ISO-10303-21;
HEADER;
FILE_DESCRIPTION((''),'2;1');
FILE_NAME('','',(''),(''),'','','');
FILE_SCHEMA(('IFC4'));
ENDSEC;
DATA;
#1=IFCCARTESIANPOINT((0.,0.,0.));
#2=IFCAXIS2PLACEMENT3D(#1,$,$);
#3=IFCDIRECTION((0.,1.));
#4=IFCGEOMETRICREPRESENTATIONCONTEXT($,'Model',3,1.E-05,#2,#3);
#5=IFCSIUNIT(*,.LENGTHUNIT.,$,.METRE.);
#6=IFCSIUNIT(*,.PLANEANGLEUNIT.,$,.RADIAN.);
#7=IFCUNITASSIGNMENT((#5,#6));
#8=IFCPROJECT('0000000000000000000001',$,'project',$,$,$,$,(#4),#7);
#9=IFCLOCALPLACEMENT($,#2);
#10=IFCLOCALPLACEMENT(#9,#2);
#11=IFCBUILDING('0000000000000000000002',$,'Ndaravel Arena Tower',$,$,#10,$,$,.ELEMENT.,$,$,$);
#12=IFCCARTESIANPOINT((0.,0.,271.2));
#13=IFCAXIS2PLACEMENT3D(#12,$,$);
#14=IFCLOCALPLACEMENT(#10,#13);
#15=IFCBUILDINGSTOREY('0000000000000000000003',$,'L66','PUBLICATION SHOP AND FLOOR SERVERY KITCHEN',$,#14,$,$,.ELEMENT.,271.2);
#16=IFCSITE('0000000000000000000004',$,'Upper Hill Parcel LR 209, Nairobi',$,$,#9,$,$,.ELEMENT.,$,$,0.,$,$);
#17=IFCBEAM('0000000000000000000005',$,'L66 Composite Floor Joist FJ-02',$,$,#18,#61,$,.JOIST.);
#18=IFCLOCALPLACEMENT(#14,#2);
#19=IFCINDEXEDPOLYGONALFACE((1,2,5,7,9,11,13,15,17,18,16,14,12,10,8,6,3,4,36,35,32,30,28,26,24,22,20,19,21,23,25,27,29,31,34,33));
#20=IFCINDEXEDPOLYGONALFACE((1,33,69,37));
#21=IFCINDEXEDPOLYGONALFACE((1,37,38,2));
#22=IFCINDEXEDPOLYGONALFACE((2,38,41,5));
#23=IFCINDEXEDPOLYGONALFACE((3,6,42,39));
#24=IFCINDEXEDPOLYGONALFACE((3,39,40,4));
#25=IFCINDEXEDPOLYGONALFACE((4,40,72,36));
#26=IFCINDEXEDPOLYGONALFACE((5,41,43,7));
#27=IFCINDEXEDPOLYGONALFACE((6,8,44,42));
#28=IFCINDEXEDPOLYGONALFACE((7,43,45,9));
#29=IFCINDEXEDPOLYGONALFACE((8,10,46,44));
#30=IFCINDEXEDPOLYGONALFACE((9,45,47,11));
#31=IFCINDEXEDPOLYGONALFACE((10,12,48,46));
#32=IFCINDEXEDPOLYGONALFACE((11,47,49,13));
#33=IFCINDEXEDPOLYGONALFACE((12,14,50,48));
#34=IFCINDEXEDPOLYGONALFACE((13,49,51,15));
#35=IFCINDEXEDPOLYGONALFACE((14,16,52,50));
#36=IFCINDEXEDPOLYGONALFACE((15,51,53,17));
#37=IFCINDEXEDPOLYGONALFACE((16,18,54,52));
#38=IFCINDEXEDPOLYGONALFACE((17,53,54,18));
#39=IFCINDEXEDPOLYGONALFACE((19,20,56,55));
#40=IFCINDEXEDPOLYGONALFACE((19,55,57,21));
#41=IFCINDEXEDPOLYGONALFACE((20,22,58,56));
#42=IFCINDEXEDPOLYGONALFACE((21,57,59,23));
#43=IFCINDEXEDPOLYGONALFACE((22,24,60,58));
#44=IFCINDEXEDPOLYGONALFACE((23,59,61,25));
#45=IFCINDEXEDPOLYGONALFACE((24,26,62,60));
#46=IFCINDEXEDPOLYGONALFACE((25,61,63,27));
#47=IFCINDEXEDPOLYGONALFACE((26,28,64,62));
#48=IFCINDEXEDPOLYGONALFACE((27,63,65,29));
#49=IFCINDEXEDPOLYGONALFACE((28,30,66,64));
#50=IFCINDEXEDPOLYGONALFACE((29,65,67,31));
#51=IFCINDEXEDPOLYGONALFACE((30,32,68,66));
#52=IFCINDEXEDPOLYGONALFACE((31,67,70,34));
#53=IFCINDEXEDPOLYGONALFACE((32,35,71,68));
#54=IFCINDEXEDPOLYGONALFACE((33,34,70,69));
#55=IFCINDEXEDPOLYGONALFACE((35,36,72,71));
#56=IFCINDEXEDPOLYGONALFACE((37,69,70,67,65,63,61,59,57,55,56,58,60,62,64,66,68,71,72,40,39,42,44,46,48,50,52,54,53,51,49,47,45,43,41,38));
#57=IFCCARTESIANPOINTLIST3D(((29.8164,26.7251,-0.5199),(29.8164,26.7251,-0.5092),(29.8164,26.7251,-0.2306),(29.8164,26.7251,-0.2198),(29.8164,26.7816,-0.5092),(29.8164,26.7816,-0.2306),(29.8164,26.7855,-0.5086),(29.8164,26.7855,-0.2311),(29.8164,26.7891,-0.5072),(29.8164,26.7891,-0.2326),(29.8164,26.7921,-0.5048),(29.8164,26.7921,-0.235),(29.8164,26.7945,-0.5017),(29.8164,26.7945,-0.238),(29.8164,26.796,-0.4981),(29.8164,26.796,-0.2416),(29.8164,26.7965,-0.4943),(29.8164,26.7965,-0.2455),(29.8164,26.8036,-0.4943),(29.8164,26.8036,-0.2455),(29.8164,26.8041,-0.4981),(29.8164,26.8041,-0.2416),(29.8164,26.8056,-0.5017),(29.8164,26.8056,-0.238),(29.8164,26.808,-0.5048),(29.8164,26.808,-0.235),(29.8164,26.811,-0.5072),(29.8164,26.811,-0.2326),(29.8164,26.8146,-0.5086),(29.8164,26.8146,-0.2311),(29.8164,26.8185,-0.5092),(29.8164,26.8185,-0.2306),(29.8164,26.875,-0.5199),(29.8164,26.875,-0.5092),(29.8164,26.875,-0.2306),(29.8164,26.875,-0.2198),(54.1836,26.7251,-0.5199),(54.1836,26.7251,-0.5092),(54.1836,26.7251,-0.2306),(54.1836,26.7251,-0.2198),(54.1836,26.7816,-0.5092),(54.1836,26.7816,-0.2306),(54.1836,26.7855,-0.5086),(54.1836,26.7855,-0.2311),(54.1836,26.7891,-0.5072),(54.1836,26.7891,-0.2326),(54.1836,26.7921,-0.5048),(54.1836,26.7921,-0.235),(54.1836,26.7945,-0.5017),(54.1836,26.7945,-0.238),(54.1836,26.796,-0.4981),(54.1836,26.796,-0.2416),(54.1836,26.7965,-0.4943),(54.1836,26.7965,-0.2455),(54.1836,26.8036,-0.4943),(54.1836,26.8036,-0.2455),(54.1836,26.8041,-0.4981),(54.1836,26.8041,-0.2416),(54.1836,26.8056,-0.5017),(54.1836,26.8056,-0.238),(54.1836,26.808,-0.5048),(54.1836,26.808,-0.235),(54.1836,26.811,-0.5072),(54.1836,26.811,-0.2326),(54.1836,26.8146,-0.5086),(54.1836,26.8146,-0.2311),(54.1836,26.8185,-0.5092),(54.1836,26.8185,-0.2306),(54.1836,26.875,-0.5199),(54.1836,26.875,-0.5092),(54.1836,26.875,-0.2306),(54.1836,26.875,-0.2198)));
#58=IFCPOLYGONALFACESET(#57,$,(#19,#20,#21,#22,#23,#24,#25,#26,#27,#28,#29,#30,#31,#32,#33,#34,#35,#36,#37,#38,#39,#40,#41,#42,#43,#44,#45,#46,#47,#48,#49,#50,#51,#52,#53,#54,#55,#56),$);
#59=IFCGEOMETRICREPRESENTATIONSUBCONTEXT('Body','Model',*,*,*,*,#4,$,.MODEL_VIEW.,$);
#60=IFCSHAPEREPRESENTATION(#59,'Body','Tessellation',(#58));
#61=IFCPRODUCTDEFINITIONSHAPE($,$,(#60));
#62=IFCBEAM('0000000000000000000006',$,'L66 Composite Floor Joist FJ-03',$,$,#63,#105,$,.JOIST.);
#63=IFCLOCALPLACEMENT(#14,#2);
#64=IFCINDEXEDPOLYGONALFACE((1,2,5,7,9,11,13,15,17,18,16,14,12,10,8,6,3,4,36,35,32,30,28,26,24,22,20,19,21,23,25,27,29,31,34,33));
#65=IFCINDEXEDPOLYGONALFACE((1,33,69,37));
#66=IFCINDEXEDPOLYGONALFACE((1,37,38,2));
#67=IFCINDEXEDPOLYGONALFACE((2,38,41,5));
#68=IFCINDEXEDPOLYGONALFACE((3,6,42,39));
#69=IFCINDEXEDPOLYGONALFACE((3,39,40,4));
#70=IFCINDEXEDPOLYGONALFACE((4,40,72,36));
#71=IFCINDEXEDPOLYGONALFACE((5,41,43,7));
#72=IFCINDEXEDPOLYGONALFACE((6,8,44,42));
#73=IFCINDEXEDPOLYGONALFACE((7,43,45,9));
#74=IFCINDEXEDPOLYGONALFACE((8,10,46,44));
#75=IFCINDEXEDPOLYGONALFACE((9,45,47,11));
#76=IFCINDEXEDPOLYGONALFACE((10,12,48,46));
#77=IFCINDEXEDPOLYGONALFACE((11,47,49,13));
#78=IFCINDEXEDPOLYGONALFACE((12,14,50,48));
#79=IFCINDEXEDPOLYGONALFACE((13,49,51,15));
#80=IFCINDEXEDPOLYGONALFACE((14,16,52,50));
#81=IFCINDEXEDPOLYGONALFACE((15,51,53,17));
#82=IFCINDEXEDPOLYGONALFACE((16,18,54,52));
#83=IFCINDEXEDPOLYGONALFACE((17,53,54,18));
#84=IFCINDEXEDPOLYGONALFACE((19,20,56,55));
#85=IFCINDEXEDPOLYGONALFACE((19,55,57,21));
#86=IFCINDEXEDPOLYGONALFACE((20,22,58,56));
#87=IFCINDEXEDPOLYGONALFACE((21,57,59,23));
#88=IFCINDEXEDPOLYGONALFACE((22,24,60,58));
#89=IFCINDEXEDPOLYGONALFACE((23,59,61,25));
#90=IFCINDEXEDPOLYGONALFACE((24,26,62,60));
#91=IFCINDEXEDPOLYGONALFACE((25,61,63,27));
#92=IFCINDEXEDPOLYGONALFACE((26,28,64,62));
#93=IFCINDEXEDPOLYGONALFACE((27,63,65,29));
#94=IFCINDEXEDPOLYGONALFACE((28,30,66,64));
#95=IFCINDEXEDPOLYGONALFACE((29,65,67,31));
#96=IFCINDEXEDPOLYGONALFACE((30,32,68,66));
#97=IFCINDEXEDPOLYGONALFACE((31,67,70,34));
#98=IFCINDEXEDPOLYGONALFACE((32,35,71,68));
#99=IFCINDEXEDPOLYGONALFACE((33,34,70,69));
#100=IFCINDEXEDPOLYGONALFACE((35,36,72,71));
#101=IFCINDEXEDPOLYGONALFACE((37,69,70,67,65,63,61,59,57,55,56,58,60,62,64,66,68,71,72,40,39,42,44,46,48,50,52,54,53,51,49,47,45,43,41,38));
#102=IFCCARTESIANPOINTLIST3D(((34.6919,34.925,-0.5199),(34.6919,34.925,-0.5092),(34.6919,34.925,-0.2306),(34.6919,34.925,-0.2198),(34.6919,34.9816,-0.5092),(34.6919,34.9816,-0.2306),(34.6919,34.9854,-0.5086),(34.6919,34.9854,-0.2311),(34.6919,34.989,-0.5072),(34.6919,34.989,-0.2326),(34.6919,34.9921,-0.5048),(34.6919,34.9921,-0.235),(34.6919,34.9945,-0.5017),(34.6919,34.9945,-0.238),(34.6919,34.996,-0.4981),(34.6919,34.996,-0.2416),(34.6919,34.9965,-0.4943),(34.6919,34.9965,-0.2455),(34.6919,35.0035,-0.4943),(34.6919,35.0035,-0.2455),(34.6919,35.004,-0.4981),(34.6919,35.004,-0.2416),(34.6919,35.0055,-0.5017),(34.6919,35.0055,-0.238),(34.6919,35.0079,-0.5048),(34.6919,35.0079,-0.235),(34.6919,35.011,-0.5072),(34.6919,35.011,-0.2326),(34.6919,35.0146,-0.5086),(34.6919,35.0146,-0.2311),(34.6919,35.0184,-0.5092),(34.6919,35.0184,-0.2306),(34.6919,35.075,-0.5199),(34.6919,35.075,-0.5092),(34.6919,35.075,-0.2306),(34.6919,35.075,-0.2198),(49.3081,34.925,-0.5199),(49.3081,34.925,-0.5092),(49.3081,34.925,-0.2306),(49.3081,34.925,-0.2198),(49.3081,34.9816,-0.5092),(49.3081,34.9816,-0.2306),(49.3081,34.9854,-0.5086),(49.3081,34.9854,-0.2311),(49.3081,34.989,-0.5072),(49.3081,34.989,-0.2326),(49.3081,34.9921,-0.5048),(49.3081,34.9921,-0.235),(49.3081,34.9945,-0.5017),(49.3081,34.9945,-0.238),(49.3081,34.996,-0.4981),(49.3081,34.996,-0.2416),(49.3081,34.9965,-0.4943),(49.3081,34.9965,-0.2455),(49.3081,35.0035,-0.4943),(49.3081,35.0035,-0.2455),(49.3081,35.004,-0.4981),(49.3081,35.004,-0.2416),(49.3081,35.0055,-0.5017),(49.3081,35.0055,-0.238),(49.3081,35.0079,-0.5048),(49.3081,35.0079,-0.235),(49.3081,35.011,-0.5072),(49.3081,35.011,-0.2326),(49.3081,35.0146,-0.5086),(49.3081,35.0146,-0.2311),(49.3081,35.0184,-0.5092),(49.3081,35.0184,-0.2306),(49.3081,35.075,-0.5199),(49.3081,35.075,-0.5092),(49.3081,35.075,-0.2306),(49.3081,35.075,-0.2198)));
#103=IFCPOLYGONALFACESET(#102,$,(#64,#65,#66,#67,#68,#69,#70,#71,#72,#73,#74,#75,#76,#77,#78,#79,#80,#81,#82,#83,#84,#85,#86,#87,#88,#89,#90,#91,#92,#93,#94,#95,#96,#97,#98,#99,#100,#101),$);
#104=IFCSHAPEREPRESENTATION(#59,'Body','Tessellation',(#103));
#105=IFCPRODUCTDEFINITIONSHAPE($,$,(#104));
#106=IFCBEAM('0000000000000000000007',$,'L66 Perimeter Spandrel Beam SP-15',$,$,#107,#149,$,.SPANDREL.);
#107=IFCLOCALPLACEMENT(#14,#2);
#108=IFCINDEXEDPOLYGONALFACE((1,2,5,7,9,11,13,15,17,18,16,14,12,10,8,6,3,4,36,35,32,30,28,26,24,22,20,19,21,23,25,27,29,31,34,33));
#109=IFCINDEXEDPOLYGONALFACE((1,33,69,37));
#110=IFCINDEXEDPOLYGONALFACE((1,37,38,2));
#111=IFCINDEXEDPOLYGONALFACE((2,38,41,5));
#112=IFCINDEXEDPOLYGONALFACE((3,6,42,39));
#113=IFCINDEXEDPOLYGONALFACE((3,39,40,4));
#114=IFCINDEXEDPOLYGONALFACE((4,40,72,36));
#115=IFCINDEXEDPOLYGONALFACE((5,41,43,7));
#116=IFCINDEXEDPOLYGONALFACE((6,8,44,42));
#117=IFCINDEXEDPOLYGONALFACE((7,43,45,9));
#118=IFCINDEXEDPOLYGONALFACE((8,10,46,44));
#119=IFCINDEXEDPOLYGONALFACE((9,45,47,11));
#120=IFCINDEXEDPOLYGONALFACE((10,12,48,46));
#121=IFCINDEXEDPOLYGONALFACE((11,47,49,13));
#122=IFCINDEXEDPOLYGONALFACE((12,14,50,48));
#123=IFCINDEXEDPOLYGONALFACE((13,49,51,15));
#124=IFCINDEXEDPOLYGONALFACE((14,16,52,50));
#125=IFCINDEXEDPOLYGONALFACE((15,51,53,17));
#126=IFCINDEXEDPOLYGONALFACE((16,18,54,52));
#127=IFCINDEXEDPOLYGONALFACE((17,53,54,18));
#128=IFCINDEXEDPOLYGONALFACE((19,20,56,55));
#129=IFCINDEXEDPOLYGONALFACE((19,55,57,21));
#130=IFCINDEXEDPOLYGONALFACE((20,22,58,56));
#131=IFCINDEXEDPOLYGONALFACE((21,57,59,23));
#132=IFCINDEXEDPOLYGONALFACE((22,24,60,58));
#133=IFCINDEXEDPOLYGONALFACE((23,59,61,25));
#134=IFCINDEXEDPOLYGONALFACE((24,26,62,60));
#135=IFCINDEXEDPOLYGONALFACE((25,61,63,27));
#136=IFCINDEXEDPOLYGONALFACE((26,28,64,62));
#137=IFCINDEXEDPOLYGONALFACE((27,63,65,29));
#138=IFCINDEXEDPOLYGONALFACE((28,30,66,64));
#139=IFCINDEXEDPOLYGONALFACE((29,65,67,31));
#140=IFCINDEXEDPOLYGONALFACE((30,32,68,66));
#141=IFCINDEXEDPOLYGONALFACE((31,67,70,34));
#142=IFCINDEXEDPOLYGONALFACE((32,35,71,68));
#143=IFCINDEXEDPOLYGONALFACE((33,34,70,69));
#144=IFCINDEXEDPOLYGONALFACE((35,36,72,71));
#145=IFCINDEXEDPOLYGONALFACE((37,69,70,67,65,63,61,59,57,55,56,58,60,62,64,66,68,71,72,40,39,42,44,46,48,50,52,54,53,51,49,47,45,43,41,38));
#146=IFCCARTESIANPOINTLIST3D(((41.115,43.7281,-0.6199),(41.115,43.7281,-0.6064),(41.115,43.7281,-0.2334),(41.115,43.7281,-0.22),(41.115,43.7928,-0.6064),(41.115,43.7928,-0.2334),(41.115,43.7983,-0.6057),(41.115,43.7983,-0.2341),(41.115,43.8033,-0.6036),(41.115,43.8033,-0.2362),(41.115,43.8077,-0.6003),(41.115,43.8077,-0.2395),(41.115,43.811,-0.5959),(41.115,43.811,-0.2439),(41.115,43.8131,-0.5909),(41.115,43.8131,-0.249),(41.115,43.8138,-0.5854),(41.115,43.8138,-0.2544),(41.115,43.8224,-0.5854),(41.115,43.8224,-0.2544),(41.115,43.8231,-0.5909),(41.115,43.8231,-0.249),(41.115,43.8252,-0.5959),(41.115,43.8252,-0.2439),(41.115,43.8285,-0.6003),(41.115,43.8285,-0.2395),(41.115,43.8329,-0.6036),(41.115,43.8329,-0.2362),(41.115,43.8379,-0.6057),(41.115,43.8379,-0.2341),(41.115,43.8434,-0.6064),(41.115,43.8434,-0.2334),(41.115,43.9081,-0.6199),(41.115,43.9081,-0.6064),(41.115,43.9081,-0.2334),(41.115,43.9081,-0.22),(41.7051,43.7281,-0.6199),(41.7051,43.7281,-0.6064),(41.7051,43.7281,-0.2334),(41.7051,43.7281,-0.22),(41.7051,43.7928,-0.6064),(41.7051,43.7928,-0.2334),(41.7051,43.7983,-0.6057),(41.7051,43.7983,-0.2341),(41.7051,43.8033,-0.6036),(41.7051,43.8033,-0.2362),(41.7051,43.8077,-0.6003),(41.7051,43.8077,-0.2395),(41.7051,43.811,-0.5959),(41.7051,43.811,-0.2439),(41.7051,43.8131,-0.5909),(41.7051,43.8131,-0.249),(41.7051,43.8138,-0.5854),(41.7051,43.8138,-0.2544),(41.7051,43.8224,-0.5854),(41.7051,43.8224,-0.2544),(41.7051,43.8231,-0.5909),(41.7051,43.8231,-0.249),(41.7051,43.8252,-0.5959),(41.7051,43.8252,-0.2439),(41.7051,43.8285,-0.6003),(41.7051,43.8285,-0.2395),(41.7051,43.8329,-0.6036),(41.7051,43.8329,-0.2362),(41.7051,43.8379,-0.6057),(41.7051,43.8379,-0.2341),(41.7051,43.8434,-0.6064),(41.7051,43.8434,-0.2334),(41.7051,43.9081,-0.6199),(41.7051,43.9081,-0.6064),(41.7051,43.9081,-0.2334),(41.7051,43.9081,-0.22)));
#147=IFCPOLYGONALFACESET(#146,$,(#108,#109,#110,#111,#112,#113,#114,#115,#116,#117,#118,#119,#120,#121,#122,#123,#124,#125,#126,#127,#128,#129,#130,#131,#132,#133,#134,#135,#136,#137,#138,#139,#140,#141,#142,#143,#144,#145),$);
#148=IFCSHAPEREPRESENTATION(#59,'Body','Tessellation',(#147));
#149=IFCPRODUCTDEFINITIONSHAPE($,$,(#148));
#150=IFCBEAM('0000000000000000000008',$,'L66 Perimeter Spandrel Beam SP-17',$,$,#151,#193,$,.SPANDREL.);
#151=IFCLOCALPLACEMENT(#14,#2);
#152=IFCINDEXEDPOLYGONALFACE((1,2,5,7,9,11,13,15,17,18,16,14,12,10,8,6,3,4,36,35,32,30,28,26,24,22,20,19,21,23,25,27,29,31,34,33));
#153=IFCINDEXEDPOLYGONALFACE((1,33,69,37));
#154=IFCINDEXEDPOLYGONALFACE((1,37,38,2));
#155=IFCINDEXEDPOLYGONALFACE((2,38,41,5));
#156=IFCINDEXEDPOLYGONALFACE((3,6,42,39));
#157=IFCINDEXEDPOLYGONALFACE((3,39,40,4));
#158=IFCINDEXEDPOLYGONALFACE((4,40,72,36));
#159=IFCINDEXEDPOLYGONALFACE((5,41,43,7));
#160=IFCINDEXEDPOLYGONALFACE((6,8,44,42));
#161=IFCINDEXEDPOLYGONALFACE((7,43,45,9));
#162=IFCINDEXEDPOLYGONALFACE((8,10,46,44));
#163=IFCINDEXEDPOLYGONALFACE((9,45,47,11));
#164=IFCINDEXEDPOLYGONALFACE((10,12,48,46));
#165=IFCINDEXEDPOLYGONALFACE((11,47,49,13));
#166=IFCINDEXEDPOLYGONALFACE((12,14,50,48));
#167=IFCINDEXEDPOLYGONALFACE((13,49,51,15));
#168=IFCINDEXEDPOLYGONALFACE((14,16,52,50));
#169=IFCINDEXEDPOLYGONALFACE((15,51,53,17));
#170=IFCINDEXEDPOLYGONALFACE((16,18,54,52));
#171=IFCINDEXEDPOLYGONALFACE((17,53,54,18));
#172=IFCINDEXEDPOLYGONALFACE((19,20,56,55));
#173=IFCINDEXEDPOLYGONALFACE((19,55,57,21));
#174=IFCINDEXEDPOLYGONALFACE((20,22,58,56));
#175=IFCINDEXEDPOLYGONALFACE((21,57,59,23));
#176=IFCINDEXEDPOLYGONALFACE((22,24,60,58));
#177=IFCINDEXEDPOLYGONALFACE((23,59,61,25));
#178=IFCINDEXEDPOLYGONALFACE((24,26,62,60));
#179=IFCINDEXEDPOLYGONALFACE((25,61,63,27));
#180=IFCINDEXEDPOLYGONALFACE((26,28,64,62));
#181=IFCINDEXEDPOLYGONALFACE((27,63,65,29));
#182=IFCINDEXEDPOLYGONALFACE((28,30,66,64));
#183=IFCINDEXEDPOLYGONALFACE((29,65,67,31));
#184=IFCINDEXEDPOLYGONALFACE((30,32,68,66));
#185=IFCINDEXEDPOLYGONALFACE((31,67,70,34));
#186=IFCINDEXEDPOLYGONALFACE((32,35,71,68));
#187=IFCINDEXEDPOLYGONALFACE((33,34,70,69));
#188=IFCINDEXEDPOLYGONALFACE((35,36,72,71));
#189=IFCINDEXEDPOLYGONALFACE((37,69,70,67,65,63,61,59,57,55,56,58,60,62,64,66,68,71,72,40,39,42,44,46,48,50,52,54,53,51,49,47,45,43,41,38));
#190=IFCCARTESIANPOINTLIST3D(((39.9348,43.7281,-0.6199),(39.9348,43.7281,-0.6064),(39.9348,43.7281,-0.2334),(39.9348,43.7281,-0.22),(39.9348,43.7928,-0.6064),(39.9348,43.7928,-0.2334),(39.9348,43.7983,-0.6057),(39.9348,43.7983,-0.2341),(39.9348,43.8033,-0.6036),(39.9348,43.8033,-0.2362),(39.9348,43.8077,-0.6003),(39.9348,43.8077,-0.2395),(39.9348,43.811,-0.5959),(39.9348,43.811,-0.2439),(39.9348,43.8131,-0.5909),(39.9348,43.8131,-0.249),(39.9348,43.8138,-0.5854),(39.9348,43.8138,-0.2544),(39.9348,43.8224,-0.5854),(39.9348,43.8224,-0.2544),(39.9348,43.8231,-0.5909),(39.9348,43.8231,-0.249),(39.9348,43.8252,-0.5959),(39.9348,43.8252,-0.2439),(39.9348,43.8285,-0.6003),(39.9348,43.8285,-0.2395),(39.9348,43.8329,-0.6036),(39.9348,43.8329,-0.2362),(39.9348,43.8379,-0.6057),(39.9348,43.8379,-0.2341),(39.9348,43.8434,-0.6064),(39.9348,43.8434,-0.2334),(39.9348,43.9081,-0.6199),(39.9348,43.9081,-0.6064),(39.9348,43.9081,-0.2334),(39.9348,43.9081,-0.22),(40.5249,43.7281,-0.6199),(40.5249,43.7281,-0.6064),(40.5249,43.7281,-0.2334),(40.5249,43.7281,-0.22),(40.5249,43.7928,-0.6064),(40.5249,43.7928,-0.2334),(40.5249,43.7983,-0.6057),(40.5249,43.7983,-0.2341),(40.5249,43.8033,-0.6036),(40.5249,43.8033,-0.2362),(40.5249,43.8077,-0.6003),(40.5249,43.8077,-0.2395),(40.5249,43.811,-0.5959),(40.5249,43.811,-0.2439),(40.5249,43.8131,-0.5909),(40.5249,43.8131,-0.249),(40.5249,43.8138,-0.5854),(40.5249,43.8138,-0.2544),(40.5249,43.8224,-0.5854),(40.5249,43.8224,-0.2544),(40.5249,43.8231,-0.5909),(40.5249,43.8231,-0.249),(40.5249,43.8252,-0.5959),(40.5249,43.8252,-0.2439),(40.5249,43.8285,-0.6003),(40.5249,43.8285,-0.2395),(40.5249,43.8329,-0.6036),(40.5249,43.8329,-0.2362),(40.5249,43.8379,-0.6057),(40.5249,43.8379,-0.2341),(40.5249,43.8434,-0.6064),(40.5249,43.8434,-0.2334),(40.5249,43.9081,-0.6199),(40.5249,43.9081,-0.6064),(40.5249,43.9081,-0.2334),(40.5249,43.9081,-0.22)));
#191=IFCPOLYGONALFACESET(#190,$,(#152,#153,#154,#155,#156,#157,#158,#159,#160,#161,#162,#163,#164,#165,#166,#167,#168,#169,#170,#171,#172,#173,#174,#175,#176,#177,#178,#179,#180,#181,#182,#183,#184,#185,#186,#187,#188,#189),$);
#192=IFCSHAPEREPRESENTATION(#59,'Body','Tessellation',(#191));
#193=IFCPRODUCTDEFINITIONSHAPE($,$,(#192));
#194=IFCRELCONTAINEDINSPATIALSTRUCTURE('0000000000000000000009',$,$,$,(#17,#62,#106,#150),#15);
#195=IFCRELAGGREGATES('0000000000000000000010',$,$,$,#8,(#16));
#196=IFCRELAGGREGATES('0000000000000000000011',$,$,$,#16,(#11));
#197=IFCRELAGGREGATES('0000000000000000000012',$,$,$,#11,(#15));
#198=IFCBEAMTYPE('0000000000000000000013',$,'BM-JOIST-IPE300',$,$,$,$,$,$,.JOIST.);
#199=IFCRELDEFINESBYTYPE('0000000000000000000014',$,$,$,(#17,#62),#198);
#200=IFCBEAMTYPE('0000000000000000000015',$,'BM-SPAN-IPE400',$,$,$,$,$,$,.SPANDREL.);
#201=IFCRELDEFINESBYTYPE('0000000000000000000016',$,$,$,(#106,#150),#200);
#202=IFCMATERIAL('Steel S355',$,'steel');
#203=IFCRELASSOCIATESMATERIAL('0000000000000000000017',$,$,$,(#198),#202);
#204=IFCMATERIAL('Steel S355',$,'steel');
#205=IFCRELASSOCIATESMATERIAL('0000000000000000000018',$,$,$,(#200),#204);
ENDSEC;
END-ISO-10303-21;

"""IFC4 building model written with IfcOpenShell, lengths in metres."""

from ifc_helpers import new_model, si_unit, direction, frame, origin, origin_2d, place, context, subcontext, project, spatial, i_section, extrude, material, material_profile, profile_set, type_object, element, save


model = new_model("IFC4")

# Units and contexts
model_context = context("Model", 3, precision=1e-05, world=origin(), true_north=direction((0.0, 1.0)))
body_context = subcontext(model_context, "Body", "Model", "MODEL_VIEW")
ifc_project = project(units=[si_unit("LENGTHUNIT", "METRE"), si_unit("PLANEANGLEUNIT", "RADIAN")], contexts=[model_context])

# Site, building, storey
site_placement = place(None, origin())
site = spatial("IfcSite", under=ifc_project, at=site_placement, Name="Upper Hill Parcel LR 209, Nairobi", CompositionType="ELEMENT", RefElevation=0.0)
building_placement = place(site_placement, origin())
building = spatial("IfcBuilding", under=site, at=building_placement, Name="Ndaravel Arena Tower", CompositionType="ELEMENT")
storey_placement = place(building_placement, frame((0.0, 0.0, 271.2)))
storey = spatial("IfcBuildingStorey", under=building, at=storey_placement, Name="L66", Description="PUBLICATION SHOP AND FLOOR SERVERY KITCHEN", CompositionType="ELEMENT", Elevation=271.2)

# Beams
ifc_material_1 = material(Name="Steel S355", Category="steel")
ifc_material_profile_1 = material_profile(ifc_material_1, i_section(OverallWidth=0.1499, OverallDepth=0.3, WebThickness=0.0071, FlangeThickness=0.0107, FilletRadius=0.0149, at=origin_2d()), Name="IPE 300")
ifc_profile_set_1 = profile_set([ifc_material_profile_1], Name="Steel S355")
beam_type_1 = type_object("IfcBeamType", Name="BM-JOIST-IPE300", PredefinedType="JOIST", material=ifc_profile_set_1)
beam_1_placement = place(storey_placement, frame((29.8164, 26.8, -0.3699), z_axis=(1.0, 0.0, 0.0), x_axis=(0.0, 1.0, 0.0)))
element("IfcBeam", 1, at=beam_1_placement, inside=storey, type_object=beam_type_1, Name="L66 Composite Floor Joist FJ-02", PredefinedType="JOIST", context=body_context, shape_type="SweptSolid", body=[
    extrude(i_section(OverallWidth=0.1499, OverallDepth=0.3, WebThickness=0.0071, FlangeThickness=0.0107, FilletRadius=0.0149, at=origin_2d()), origin(), (0.0, 0.0, 1.0), 24.3672),
])
beam_2_placement = place(storey_placement, frame((34.6919, 35.0, -0.3699), z_axis=(1.0, 0.0, 0.0), x_axis=(0.0, 1.0, 0.0)))
element("IfcBeam", 2, at=beam_2_placement, inside=storey, type_object=beam_type_1, Name="L66 Composite Floor Joist FJ-03", PredefinedType="JOIST", context=body_context, shape_type="SweptSolid", body=[
    extrude(i_section(OverallWidth=0.1499, OverallDepth=0.3, WebThickness=0.0071, FlangeThickness=0.0107, FilletRadius=0.0149, at=origin_2d()), origin(), (0.0, 0.0, 1.0), 14.6162),
])
ifc_material_2 = material(Name="Steel S355", Category="steel")
ifc_material_profile_2 = material_profile(ifc_material_2, i_section(OverallWidth=0.1799, OverallDepth=0.3999, WebThickness=0.0085, FlangeThickness=0.0134, FilletRadius=0.021, at=origin_2d()), Name="IPE 400")
ifc_profile_set_2 = profile_set([ifc_material_profile_2], Name="Steel S355")
beam_type_2 = type_object("IfcBeamType", Name="BM-SPAN-IPE400", PredefinedType="SPANDREL", material=ifc_profile_set_2)
for number, where, z_axis, x_axis, name in (
    (3, (41.7051, 43.8181, -0.4199), (-1.0, 0.0, 0.0), (0.0, -1.0, 0.0), "L66 Perimeter Spandrel Beam SP-15"),
    (4, (40.5249, 43.8181, -0.4199), (-1.0, 0.0, 0.0), (0.0, -1.0, 0.0), "L66 Perimeter Spandrel Beam SP-17"),
):
    element("IfcBeam", number, at=place(storey_placement, frame(where, z_axis=z_axis, x_axis=x_axis)), inside=storey, type_object=beam_type_2, Name=name, PredefinedType="SPANDREL", context=body_context, shape_type="SweptSolid", body=[
        extrude(i_section(OverallWidth=0.1799, OverallDepth=0.3999, WebThickness=0.0085, FlangeThickness=0.0134, FilletRadius=0.021, at=origin_2d()), origin(), (0.0, 0.0, 1.0), 0.5901),
    ])

save(model, "model.ifc")
